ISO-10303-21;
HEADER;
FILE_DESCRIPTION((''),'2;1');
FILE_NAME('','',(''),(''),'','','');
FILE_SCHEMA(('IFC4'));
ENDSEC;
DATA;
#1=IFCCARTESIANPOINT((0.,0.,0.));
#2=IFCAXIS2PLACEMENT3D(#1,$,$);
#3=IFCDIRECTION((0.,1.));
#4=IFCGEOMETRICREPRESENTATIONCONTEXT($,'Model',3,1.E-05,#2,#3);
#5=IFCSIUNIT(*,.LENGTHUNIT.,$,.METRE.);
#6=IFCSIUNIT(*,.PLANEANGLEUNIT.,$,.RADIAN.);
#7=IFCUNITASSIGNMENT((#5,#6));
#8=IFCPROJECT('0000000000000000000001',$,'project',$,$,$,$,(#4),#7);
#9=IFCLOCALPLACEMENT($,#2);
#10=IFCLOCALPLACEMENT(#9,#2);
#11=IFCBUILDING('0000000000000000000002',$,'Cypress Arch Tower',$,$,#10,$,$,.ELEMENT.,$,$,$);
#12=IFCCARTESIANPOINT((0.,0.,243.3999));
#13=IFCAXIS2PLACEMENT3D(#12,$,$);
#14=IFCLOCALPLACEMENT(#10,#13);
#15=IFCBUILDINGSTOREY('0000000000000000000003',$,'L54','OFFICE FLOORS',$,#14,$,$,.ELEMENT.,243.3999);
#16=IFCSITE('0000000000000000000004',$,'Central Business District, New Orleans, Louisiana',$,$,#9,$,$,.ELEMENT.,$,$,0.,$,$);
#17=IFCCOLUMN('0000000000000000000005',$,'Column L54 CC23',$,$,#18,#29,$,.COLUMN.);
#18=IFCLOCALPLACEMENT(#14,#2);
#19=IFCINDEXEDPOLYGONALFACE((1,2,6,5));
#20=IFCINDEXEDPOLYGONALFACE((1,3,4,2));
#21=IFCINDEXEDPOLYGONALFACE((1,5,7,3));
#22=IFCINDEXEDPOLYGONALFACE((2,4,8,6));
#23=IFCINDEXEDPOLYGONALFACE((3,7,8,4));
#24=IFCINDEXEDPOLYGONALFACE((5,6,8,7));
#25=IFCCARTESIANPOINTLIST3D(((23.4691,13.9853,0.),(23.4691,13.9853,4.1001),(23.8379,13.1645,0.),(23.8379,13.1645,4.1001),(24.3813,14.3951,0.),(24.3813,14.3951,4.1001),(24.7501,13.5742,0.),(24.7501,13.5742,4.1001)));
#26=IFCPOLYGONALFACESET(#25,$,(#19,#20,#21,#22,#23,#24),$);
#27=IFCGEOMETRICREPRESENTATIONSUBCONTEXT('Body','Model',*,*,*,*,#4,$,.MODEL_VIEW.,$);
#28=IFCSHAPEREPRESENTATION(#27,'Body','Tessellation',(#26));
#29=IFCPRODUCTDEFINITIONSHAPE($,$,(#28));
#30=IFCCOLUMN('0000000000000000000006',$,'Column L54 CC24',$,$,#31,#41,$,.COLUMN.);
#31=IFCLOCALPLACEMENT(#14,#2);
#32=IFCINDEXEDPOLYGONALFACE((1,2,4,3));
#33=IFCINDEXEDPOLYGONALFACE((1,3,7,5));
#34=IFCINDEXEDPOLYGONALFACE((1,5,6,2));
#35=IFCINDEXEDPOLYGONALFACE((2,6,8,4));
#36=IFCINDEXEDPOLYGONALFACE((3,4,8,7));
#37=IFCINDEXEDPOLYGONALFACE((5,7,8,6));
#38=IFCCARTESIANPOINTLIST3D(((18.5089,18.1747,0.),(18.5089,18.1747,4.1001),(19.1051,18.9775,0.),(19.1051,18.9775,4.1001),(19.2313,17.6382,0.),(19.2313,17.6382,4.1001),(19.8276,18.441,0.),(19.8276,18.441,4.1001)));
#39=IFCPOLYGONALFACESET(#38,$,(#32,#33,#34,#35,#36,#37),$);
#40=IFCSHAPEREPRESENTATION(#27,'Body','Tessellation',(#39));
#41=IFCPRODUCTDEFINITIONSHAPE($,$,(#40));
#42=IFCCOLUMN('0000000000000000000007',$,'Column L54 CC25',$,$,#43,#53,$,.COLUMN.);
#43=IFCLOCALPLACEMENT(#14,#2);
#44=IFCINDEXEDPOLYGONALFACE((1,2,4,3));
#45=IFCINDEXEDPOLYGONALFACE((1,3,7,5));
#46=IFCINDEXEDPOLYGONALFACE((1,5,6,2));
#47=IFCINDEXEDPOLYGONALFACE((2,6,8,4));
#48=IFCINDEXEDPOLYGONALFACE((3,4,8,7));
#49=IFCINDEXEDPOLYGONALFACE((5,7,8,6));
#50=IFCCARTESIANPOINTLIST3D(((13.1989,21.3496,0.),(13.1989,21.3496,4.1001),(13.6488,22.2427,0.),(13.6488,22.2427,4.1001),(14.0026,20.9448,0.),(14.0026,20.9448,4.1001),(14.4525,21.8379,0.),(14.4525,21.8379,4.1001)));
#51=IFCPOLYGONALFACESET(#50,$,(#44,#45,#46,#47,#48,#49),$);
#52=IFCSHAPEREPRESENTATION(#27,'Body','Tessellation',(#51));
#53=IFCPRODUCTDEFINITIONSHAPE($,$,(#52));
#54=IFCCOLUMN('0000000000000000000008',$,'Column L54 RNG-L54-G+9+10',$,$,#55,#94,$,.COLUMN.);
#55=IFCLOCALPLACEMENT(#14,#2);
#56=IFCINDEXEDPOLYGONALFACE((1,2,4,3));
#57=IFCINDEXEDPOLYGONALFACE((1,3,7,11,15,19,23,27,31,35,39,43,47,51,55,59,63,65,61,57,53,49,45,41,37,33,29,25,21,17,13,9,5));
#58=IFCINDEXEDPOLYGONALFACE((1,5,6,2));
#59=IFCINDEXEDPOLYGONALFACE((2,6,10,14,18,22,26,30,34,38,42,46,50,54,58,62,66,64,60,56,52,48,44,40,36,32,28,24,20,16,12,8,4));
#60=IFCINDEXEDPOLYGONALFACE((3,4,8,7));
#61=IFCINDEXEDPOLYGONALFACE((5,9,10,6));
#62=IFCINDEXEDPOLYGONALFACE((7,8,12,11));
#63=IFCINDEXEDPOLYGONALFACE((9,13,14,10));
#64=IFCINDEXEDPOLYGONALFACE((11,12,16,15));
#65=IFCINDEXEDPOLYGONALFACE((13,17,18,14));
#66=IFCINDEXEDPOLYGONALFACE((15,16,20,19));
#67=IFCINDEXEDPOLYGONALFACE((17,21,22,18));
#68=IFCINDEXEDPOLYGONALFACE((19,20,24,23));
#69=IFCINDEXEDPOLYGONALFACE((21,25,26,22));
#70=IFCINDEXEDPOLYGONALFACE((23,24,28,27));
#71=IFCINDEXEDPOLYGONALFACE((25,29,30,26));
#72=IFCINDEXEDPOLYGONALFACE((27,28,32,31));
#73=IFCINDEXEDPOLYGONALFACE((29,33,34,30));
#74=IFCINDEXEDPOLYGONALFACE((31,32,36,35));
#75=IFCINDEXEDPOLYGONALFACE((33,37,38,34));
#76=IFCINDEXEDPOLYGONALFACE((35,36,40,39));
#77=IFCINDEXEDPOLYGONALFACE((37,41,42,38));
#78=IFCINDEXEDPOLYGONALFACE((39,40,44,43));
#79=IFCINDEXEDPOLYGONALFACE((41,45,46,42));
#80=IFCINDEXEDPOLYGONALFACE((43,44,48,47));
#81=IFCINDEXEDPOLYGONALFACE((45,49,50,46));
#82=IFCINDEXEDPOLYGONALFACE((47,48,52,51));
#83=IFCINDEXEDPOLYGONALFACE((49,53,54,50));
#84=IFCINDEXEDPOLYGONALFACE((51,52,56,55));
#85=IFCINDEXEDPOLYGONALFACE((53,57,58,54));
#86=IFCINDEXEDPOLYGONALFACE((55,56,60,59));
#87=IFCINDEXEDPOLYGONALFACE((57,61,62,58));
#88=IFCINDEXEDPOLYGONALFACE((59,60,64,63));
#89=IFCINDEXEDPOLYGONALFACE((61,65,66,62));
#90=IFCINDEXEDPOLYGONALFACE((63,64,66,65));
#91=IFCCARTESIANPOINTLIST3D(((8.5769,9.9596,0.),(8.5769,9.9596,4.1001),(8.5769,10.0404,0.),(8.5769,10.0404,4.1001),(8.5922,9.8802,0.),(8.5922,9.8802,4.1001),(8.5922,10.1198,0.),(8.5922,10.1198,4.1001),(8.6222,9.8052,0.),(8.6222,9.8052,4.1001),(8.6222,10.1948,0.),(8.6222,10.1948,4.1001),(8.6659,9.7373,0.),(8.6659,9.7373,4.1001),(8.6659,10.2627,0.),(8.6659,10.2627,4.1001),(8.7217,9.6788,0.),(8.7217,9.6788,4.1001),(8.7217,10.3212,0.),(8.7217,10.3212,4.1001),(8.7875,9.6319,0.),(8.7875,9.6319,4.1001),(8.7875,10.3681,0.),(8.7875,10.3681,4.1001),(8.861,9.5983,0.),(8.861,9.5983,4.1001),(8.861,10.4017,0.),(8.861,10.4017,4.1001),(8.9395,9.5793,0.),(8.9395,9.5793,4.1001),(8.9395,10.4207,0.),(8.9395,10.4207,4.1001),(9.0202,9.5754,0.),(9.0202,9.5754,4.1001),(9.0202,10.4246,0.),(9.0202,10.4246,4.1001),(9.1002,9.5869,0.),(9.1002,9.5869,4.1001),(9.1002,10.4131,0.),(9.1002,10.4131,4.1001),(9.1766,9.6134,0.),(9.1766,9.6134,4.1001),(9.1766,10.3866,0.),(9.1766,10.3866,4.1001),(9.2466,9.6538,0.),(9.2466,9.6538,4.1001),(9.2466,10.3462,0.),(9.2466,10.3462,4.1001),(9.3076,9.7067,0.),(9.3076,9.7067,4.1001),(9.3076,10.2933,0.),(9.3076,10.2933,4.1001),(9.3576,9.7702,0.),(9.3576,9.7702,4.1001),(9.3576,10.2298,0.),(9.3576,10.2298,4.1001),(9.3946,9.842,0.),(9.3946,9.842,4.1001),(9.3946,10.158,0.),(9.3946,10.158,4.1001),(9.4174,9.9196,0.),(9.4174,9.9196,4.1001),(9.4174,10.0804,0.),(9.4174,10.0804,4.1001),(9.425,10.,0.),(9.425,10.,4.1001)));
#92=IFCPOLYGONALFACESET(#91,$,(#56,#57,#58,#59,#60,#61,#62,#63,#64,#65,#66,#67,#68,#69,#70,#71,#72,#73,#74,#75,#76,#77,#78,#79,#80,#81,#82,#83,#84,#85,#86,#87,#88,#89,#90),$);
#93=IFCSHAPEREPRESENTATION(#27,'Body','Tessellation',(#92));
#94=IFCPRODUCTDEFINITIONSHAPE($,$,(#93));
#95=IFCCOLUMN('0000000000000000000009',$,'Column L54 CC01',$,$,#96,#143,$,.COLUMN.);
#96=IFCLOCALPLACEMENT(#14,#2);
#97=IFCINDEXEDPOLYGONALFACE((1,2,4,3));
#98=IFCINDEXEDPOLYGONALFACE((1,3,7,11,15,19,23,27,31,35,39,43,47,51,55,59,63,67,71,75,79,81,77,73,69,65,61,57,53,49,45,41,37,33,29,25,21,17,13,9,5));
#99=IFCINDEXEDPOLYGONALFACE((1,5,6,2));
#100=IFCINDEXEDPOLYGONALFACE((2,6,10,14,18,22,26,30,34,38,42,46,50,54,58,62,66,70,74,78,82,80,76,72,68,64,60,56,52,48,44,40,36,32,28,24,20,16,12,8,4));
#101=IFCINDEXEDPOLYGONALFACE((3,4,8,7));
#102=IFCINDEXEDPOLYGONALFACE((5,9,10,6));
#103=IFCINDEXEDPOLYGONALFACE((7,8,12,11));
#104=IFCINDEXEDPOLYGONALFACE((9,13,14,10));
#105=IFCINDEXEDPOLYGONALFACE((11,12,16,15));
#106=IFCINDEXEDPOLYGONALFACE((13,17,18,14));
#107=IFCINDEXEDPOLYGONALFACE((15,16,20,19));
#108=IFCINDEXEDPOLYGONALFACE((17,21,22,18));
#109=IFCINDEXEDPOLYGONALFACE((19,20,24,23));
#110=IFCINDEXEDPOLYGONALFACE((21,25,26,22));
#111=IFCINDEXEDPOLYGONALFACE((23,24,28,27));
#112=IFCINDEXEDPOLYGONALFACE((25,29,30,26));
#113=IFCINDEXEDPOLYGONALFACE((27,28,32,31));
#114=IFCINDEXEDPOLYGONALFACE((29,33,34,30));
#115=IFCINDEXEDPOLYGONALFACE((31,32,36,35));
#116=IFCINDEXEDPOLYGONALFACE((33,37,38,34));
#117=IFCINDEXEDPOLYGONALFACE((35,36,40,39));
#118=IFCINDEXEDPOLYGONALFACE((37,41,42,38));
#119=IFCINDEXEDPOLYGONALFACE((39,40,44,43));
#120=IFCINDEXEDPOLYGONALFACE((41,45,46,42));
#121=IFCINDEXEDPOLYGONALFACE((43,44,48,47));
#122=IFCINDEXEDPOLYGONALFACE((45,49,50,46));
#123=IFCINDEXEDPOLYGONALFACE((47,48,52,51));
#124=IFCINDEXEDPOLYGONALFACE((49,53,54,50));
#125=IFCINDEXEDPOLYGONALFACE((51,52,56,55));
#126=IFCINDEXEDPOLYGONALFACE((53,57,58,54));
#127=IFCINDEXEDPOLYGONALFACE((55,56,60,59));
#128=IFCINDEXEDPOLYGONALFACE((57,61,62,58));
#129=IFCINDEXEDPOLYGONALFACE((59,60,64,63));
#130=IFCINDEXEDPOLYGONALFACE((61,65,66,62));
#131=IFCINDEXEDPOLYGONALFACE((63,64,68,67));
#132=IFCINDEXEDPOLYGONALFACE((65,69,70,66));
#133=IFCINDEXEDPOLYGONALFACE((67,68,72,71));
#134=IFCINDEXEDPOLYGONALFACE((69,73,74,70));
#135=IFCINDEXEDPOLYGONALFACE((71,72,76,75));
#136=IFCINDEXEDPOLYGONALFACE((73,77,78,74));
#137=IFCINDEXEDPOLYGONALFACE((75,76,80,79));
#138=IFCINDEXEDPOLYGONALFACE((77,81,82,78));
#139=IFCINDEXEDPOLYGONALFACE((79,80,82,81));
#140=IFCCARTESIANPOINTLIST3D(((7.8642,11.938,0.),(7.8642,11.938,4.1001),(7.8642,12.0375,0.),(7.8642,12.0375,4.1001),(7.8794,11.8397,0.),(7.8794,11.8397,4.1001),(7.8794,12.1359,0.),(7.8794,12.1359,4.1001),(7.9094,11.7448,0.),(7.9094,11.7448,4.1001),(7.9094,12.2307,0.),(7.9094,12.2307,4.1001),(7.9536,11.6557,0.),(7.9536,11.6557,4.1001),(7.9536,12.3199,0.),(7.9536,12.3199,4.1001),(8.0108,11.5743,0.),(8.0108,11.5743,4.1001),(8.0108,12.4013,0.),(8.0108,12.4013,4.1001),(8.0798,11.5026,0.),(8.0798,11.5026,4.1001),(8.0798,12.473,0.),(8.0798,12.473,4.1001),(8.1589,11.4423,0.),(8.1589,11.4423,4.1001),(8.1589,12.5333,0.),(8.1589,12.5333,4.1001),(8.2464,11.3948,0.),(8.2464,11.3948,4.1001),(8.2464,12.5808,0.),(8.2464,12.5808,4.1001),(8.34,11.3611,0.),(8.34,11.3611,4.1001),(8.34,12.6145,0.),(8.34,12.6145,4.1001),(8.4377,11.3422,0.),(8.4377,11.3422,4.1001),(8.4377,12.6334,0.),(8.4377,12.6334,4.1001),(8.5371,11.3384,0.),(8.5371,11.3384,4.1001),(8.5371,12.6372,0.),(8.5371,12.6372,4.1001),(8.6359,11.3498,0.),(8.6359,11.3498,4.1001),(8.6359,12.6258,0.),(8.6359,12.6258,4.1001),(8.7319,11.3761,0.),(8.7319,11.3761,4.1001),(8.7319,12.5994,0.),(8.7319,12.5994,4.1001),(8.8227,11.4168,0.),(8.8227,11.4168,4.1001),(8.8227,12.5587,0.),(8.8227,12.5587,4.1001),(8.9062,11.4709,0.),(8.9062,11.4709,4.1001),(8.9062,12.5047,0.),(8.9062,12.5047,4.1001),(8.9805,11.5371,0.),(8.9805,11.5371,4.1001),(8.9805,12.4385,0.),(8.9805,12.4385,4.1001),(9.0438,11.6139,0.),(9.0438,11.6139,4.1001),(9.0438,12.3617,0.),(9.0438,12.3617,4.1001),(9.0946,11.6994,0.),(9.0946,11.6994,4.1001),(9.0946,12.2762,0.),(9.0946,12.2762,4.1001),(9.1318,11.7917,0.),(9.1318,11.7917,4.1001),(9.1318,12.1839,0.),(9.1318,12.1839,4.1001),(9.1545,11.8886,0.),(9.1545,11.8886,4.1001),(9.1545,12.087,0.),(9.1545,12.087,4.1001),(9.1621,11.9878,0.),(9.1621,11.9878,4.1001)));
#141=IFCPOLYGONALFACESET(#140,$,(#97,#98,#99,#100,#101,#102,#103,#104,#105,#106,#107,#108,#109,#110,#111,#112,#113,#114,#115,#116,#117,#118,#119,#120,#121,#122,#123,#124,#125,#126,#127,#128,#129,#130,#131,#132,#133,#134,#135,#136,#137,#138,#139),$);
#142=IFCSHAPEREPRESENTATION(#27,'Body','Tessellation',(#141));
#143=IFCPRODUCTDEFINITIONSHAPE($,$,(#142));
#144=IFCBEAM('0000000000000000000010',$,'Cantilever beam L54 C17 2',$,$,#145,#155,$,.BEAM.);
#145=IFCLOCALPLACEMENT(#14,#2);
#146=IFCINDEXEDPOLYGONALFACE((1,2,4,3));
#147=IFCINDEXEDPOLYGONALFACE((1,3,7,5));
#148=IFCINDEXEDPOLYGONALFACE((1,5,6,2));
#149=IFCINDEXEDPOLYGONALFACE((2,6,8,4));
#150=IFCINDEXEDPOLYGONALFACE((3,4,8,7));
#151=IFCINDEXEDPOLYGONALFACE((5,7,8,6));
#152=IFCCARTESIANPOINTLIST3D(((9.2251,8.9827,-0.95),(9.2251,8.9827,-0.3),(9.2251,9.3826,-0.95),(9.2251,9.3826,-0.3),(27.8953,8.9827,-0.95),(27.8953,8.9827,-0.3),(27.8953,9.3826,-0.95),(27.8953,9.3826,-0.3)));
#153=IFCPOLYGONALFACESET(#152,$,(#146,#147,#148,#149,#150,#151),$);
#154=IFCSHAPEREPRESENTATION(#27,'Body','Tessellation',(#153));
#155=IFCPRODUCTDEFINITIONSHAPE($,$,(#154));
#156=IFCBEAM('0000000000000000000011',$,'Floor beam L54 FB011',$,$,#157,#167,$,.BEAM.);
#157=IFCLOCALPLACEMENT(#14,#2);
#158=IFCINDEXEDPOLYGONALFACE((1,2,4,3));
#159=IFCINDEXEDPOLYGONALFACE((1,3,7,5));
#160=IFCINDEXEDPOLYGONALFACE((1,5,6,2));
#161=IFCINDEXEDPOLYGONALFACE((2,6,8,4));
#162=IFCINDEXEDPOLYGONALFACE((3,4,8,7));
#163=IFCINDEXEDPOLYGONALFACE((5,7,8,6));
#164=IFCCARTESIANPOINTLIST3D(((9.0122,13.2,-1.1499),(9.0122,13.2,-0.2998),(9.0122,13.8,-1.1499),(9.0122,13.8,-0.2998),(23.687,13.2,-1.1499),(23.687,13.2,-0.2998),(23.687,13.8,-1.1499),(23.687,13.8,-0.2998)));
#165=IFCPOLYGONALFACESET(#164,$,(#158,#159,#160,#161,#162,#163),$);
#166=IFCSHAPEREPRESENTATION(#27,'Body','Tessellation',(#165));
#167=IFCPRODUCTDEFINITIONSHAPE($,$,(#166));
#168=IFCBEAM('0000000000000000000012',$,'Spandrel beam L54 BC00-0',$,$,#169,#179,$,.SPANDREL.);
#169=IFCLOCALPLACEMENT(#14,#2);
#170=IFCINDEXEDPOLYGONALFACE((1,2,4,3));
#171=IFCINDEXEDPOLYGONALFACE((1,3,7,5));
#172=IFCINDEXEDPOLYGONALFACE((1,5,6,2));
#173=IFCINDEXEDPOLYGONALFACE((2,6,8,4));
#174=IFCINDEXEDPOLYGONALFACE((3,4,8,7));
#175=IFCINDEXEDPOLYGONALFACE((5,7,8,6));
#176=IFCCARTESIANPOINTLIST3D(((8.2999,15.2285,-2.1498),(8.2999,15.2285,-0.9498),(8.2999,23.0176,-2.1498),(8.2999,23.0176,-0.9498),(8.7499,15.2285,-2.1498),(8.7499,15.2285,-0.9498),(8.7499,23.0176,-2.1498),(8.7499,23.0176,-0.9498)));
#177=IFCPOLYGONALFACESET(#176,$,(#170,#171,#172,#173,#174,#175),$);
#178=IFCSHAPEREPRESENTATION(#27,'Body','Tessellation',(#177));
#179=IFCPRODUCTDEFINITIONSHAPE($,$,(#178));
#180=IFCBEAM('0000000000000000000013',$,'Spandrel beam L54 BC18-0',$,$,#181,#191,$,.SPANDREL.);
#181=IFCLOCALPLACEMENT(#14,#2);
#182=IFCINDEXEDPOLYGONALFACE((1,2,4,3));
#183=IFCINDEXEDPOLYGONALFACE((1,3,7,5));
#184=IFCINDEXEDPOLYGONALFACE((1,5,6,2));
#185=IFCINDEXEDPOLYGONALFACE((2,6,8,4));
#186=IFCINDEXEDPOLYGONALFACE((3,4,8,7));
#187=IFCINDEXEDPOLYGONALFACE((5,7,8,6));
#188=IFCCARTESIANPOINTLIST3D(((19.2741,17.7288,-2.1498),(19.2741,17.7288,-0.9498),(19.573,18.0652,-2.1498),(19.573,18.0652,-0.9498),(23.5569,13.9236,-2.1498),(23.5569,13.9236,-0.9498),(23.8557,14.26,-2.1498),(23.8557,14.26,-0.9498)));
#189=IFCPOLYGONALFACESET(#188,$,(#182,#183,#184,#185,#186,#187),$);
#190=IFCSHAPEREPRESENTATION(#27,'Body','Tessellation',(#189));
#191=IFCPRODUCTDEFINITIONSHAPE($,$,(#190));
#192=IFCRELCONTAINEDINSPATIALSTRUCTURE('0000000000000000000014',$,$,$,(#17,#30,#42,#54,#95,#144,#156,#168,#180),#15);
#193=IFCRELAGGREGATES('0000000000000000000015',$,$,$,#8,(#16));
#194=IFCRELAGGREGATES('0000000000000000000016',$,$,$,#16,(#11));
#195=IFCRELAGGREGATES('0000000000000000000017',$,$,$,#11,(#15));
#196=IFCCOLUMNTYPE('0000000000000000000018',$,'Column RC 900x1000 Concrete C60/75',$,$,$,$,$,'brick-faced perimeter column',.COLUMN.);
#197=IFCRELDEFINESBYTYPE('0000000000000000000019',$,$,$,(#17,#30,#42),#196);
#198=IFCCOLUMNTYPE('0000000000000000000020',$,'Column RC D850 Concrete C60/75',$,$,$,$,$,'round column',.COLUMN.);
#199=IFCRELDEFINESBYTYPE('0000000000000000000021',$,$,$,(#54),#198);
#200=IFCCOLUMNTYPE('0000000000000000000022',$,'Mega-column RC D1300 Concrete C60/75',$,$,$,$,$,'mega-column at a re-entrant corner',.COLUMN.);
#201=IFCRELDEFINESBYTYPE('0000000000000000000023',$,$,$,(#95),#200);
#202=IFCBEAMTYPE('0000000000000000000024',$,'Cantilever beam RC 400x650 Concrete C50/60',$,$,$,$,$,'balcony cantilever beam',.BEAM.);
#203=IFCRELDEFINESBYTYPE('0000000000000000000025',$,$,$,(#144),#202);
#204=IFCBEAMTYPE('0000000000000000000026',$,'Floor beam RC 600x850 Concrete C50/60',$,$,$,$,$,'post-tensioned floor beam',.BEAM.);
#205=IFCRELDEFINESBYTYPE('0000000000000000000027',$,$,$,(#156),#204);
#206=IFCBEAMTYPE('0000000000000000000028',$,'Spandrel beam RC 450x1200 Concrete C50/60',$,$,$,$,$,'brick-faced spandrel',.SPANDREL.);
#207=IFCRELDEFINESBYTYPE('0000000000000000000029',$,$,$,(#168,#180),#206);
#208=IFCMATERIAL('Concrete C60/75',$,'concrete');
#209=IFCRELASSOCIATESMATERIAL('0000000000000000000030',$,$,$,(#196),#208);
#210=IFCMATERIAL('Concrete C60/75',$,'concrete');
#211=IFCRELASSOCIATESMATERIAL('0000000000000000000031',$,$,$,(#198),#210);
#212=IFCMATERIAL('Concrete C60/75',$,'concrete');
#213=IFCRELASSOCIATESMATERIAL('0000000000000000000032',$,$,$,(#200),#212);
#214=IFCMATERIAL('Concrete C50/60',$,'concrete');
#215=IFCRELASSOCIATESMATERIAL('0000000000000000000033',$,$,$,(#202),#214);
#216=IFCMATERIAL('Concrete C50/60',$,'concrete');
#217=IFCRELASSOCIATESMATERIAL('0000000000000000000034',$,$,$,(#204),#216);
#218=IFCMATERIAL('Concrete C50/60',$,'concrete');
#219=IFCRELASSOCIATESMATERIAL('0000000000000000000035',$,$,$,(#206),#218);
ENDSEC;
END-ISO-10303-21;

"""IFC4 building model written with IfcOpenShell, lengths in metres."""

from ifc_helpers import new_model, si_unit, direction, frame, origin, origin_2d, place, context, subcontext, project, spatial, rectangle, circle, extrude, material, material_profile, profile_set, type_object, element, save


model = new_model("IFC4")

# Units and contexts
model_context = context("Model", 3, precision=1e-05, world=origin(), true_north=direction((0.0, 1.0)))
body_context = subcontext(model_context, "Body", "Model", "MODEL_VIEW")
ifc_project = project(units=[si_unit("LENGTHUNIT", "METRE"), si_unit("PLANEANGLEUNIT", "RADIAN")], contexts=[model_context])

# Site, building, storey
site_placement = place(None, origin())
site = spatial("IfcSite", under=ifc_project, at=site_placement, Name="Central Business District, New Orleans, Louisiana", CompositionType="ELEMENT", RefElevation=0.0)
building_placement = place(site_placement, origin())
building = spatial("IfcBuilding", under=site, at=building_placement, Name="Cypress Arch Tower", CompositionType="ELEMENT")
storey_placement = place(building_placement, frame((0.0, 0.0, 243.3999)))
storey = spatial("IfcBuildingStorey", under=building, at=storey_placement, Name="L54", Description="OFFICE FLOORS", CompositionType="ELEMENT", Elevation=243.3999)

# Columns
ifc_material_1 = material(Name="Concrete C60/75", Category="concrete")
ifc_material_profile_1 = material_profile(ifc_material_1, rectangle(XDim=0.8999, YDim=1.0, at=origin_2d()), Name="RC 900x1000")
ifc_profile_set_1 = profile_set([ifc_material_profile_1], Name="Concrete C60/75")
column_type_1 = type_object("IfcColumnType", Name="Column RC 900x1000 Concrete C60/75", ElementType="brick-faced perimeter column", PredefinedType="COLUMN", material=ifc_profile_set_1)
for number, where, z_axis, x_axis, name in (
    (1, (24.1096, 13.7798, 0.0), (0.0, 0.0, 1.0), (-0.409765, 0.912191, 0.0), "Column L54 CC23"),
    (2, (19.1682, 18.3079, 0.0), (0.0, 0.0, 1.0), (-0.802799, 0.59625, 0.0), "Column L54 CC24"),
    (3, (13.8257, 21.5938, 0.0), (0.0, 0.0, 1.0), (-0.893106, 0.449845, 0.0), "Column L54 CC25"),
):
    element("IfcColumn", number, at=place(storey_placement, frame(where, z_axis=z_axis, x_axis=x_axis)), inside=storey, type_object=column_type_1, Name=name, PredefinedType="COLUMN", context=body_context, shape_type="SweptSolid", body=[
        extrude(rectangle(XDim=0.8999, YDim=1.0, at=origin_2d()), origin(), (0.0, 0.0, 1.0), 4.1001),
    ])
ifc_material_2 = material(Name="Concrete C60/75", Category="concrete")
ifc_material_profile_2 = material_profile(ifc_material_2, circle(Radius=0.425, at=origin_2d()), Name="RC D850")
ifc_profile_set_2 = profile_set([ifc_material_profile_2], Name="Concrete C60/75")
column_type_2 = type_object("IfcColumnType", Name="Column RC D850 Concrete C60/75", ElementType="round column", PredefinedType="COLUMN", material=ifc_profile_set_2)
column_1_placement = place(storey_placement, frame((9.0, 10.0, 0.0), z_axis=(0.0, 0.0, 1.0), x_axis=(1.0, 0.0, 0.0)))
element("IfcColumn", 4, at=column_1_placement, inside=storey, type_object=column_type_2, Name="Column L54 RNG-L54-G+9+10", PredefinedType="COLUMN", context=body_context, shape_type="SweptSolid", body=[
    extrude(circle(Radius=0.425, at=origin_2d()), origin(), (0.0, 0.0, 1.0), 4.1001),
])
ifc_material_3 = material(Name="Concrete C60/75", Category="concrete")
ifc_material_profile_3 = material_profile(ifc_material_3, circle(Radius=0.6499, at=origin_2d()), Name="RC D1300")
ifc_profile_set_3 = profile_set([ifc_material_profile_3], Name="Concrete C60/75")
column_type_3 = type_object("IfcColumnType", Name="Mega-column RC D1300 Concrete C60/75", ElementType="mega-column at a re-entrant corner", PredefinedType="COLUMN", material=ifc_profile_set_3)
column_2_placement = place(storey_placement, frame((8.5122, 11.9878, 0.0), z_axis=(0.0, 0.0, 1.0), x_axis=(1.0, 0.0, 0.0)))
element("IfcColumn", 5, at=column_2_placement, inside=storey, type_object=column_type_3, Name="Column L54 CC01", PredefinedType="COLUMN", context=body_context, shape_type="SweptSolid", body=[
    extrude(circle(Radius=0.6499, at=origin_2d()), origin(), (0.0, 0.0, 1.0), 4.1001),
])

# Beams
ifc_material_4 = material(Name="Concrete C50/60", Category="concrete")
ifc_material_profile_4 = material_profile(ifc_material_4, rectangle(XDim=0.3999, YDim=0.6499, at=origin_2d()), Name="RC 400x650")
ifc_profile_set_4 = profile_set([ifc_material_profile_4], Name="Concrete C50/60")
beam_type_1 = type_object("IfcBeamType", Name="Cantilever beam RC 400x650 Concrete C50/60", ElementType="balcony cantilever beam", PredefinedType="BEAM", material=ifc_profile_set_4)
beam_1_placement = place(storey_placement, frame((9.2251, 9.1826, -0.625), z_axis=(1.0, 0.0, 0.0), x_axis=(0.0, 1.0, 0.0)))
element("IfcBeam", 6, at=beam_1_placement, inside=storey, type_object=beam_type_1, Name="Cantilever beam L54 C17 2", PredefinedType="BEAM", context=body_context, shape_type="SweptSolid", body=[
    extrude(rectangle(XDim=0.3999, YDim=0.6499, at=origin_2d()), origin(), (0.0, 0.0, 1.0), 18.6702),
])
ifc_material_5 = material(Name="Concrete C50/60", Category="concrete")
ifc_material_profile_5 = material_profile(ifc_material_5, rectangle(XDim=0.6001, YDim=0.8501, at=origin_2d()), Name="RC 600x850")
ifc_profile_set_5 = profile_set([ifc_material_profile_5], Name="Concrete C50/60")
beam_type_2 = type_object("IfcBeamType", Name="Floor beam RC 600x850 Concrete C50/60", ElementType="post-tensioned floor beam", PredefinedType="BEAM", material=ifc_profile_set_5)
beam_2_placement = place(storey_placement, frame((9.0122, 13.5, -0.7249), z_axis=(1.0, 0.0, 0.0), x_axis=(0.0, 1.0, 0.0)))
element("IfcBeam", 7, at=beam_2_placement, inside=storey, type_object=beam_type_2, Name="Floor beam L54 FB011", PredefinedType="BEAM", context=body_context, shape_type="SweptSolid", body=[
    extrude(rectangle(XDim=0.6001, YDim=0.8501, at=origin_2d()), origin(), (0.0, 0.0, 1.0), 14.6748),
])
ifc_material_6 = material(Name="Concrete C50/60", Category="concrete")
ifc_material_profile_6 = material_profile(ifc_material_6, rectangle(XDim=0.45, YDim=1.2, at=origin_2d()), Name="RC 450x1200")
ifc_profile_set_6 = profile_set([ifc_material_profile_6], Name="Concrete C50/60")
beam_type_3 = type_object("IfcBeamType", Name="Spandrel beam RC 450x1200 Concrete C50/60", ElementType="brick-faced spandrel", PredefinedType="SPANDREL", material=ifc_profile_set_6)
beam_3_placement = place(storey_placement, frame((8.5249, 23.0176, -1.5498), z_axis=(0.0, -1.0, 0.0), x_axis=(1.0, 0.0, 0.0)))
element("IfcBeam", 8, at=beam_3_placement, inside=storey, type_object=beam_type_3, Name="Spandrel beam L54 BC00-0", PredefinedType="SPANDREL", context=body_context, shape_type="SweptSolid", body=[
    extrude(rectangle(XDim=0.45, YDim=1.2, at=origin_2d()), origin(), (0.0, 0.0, 1.0), 7.7891),
])
beam_4_placement = place(storey_placement, frame((23.7063, 14.0918, -1.5498), z_axis=(-0.747555, 0.6642, 0.0), x_axis=(-0.6642, -0.747555, 0.0)))
element("IfcBeam", 9, at=beam_4_placement, inside=storey, type_object=beam_type_3, Name="Spandrel beam L54 BC18-0", PredefinedType="SPANDREL", context=body_context, shape_type="SweptSolid", body=[
    extrude(rectangle(XDim=0.45, YDim=1.2, at=origin_2d()), origin(), (0.0, 0.0, 1.0), 5.729),
])

save(model, "model.ifc")
